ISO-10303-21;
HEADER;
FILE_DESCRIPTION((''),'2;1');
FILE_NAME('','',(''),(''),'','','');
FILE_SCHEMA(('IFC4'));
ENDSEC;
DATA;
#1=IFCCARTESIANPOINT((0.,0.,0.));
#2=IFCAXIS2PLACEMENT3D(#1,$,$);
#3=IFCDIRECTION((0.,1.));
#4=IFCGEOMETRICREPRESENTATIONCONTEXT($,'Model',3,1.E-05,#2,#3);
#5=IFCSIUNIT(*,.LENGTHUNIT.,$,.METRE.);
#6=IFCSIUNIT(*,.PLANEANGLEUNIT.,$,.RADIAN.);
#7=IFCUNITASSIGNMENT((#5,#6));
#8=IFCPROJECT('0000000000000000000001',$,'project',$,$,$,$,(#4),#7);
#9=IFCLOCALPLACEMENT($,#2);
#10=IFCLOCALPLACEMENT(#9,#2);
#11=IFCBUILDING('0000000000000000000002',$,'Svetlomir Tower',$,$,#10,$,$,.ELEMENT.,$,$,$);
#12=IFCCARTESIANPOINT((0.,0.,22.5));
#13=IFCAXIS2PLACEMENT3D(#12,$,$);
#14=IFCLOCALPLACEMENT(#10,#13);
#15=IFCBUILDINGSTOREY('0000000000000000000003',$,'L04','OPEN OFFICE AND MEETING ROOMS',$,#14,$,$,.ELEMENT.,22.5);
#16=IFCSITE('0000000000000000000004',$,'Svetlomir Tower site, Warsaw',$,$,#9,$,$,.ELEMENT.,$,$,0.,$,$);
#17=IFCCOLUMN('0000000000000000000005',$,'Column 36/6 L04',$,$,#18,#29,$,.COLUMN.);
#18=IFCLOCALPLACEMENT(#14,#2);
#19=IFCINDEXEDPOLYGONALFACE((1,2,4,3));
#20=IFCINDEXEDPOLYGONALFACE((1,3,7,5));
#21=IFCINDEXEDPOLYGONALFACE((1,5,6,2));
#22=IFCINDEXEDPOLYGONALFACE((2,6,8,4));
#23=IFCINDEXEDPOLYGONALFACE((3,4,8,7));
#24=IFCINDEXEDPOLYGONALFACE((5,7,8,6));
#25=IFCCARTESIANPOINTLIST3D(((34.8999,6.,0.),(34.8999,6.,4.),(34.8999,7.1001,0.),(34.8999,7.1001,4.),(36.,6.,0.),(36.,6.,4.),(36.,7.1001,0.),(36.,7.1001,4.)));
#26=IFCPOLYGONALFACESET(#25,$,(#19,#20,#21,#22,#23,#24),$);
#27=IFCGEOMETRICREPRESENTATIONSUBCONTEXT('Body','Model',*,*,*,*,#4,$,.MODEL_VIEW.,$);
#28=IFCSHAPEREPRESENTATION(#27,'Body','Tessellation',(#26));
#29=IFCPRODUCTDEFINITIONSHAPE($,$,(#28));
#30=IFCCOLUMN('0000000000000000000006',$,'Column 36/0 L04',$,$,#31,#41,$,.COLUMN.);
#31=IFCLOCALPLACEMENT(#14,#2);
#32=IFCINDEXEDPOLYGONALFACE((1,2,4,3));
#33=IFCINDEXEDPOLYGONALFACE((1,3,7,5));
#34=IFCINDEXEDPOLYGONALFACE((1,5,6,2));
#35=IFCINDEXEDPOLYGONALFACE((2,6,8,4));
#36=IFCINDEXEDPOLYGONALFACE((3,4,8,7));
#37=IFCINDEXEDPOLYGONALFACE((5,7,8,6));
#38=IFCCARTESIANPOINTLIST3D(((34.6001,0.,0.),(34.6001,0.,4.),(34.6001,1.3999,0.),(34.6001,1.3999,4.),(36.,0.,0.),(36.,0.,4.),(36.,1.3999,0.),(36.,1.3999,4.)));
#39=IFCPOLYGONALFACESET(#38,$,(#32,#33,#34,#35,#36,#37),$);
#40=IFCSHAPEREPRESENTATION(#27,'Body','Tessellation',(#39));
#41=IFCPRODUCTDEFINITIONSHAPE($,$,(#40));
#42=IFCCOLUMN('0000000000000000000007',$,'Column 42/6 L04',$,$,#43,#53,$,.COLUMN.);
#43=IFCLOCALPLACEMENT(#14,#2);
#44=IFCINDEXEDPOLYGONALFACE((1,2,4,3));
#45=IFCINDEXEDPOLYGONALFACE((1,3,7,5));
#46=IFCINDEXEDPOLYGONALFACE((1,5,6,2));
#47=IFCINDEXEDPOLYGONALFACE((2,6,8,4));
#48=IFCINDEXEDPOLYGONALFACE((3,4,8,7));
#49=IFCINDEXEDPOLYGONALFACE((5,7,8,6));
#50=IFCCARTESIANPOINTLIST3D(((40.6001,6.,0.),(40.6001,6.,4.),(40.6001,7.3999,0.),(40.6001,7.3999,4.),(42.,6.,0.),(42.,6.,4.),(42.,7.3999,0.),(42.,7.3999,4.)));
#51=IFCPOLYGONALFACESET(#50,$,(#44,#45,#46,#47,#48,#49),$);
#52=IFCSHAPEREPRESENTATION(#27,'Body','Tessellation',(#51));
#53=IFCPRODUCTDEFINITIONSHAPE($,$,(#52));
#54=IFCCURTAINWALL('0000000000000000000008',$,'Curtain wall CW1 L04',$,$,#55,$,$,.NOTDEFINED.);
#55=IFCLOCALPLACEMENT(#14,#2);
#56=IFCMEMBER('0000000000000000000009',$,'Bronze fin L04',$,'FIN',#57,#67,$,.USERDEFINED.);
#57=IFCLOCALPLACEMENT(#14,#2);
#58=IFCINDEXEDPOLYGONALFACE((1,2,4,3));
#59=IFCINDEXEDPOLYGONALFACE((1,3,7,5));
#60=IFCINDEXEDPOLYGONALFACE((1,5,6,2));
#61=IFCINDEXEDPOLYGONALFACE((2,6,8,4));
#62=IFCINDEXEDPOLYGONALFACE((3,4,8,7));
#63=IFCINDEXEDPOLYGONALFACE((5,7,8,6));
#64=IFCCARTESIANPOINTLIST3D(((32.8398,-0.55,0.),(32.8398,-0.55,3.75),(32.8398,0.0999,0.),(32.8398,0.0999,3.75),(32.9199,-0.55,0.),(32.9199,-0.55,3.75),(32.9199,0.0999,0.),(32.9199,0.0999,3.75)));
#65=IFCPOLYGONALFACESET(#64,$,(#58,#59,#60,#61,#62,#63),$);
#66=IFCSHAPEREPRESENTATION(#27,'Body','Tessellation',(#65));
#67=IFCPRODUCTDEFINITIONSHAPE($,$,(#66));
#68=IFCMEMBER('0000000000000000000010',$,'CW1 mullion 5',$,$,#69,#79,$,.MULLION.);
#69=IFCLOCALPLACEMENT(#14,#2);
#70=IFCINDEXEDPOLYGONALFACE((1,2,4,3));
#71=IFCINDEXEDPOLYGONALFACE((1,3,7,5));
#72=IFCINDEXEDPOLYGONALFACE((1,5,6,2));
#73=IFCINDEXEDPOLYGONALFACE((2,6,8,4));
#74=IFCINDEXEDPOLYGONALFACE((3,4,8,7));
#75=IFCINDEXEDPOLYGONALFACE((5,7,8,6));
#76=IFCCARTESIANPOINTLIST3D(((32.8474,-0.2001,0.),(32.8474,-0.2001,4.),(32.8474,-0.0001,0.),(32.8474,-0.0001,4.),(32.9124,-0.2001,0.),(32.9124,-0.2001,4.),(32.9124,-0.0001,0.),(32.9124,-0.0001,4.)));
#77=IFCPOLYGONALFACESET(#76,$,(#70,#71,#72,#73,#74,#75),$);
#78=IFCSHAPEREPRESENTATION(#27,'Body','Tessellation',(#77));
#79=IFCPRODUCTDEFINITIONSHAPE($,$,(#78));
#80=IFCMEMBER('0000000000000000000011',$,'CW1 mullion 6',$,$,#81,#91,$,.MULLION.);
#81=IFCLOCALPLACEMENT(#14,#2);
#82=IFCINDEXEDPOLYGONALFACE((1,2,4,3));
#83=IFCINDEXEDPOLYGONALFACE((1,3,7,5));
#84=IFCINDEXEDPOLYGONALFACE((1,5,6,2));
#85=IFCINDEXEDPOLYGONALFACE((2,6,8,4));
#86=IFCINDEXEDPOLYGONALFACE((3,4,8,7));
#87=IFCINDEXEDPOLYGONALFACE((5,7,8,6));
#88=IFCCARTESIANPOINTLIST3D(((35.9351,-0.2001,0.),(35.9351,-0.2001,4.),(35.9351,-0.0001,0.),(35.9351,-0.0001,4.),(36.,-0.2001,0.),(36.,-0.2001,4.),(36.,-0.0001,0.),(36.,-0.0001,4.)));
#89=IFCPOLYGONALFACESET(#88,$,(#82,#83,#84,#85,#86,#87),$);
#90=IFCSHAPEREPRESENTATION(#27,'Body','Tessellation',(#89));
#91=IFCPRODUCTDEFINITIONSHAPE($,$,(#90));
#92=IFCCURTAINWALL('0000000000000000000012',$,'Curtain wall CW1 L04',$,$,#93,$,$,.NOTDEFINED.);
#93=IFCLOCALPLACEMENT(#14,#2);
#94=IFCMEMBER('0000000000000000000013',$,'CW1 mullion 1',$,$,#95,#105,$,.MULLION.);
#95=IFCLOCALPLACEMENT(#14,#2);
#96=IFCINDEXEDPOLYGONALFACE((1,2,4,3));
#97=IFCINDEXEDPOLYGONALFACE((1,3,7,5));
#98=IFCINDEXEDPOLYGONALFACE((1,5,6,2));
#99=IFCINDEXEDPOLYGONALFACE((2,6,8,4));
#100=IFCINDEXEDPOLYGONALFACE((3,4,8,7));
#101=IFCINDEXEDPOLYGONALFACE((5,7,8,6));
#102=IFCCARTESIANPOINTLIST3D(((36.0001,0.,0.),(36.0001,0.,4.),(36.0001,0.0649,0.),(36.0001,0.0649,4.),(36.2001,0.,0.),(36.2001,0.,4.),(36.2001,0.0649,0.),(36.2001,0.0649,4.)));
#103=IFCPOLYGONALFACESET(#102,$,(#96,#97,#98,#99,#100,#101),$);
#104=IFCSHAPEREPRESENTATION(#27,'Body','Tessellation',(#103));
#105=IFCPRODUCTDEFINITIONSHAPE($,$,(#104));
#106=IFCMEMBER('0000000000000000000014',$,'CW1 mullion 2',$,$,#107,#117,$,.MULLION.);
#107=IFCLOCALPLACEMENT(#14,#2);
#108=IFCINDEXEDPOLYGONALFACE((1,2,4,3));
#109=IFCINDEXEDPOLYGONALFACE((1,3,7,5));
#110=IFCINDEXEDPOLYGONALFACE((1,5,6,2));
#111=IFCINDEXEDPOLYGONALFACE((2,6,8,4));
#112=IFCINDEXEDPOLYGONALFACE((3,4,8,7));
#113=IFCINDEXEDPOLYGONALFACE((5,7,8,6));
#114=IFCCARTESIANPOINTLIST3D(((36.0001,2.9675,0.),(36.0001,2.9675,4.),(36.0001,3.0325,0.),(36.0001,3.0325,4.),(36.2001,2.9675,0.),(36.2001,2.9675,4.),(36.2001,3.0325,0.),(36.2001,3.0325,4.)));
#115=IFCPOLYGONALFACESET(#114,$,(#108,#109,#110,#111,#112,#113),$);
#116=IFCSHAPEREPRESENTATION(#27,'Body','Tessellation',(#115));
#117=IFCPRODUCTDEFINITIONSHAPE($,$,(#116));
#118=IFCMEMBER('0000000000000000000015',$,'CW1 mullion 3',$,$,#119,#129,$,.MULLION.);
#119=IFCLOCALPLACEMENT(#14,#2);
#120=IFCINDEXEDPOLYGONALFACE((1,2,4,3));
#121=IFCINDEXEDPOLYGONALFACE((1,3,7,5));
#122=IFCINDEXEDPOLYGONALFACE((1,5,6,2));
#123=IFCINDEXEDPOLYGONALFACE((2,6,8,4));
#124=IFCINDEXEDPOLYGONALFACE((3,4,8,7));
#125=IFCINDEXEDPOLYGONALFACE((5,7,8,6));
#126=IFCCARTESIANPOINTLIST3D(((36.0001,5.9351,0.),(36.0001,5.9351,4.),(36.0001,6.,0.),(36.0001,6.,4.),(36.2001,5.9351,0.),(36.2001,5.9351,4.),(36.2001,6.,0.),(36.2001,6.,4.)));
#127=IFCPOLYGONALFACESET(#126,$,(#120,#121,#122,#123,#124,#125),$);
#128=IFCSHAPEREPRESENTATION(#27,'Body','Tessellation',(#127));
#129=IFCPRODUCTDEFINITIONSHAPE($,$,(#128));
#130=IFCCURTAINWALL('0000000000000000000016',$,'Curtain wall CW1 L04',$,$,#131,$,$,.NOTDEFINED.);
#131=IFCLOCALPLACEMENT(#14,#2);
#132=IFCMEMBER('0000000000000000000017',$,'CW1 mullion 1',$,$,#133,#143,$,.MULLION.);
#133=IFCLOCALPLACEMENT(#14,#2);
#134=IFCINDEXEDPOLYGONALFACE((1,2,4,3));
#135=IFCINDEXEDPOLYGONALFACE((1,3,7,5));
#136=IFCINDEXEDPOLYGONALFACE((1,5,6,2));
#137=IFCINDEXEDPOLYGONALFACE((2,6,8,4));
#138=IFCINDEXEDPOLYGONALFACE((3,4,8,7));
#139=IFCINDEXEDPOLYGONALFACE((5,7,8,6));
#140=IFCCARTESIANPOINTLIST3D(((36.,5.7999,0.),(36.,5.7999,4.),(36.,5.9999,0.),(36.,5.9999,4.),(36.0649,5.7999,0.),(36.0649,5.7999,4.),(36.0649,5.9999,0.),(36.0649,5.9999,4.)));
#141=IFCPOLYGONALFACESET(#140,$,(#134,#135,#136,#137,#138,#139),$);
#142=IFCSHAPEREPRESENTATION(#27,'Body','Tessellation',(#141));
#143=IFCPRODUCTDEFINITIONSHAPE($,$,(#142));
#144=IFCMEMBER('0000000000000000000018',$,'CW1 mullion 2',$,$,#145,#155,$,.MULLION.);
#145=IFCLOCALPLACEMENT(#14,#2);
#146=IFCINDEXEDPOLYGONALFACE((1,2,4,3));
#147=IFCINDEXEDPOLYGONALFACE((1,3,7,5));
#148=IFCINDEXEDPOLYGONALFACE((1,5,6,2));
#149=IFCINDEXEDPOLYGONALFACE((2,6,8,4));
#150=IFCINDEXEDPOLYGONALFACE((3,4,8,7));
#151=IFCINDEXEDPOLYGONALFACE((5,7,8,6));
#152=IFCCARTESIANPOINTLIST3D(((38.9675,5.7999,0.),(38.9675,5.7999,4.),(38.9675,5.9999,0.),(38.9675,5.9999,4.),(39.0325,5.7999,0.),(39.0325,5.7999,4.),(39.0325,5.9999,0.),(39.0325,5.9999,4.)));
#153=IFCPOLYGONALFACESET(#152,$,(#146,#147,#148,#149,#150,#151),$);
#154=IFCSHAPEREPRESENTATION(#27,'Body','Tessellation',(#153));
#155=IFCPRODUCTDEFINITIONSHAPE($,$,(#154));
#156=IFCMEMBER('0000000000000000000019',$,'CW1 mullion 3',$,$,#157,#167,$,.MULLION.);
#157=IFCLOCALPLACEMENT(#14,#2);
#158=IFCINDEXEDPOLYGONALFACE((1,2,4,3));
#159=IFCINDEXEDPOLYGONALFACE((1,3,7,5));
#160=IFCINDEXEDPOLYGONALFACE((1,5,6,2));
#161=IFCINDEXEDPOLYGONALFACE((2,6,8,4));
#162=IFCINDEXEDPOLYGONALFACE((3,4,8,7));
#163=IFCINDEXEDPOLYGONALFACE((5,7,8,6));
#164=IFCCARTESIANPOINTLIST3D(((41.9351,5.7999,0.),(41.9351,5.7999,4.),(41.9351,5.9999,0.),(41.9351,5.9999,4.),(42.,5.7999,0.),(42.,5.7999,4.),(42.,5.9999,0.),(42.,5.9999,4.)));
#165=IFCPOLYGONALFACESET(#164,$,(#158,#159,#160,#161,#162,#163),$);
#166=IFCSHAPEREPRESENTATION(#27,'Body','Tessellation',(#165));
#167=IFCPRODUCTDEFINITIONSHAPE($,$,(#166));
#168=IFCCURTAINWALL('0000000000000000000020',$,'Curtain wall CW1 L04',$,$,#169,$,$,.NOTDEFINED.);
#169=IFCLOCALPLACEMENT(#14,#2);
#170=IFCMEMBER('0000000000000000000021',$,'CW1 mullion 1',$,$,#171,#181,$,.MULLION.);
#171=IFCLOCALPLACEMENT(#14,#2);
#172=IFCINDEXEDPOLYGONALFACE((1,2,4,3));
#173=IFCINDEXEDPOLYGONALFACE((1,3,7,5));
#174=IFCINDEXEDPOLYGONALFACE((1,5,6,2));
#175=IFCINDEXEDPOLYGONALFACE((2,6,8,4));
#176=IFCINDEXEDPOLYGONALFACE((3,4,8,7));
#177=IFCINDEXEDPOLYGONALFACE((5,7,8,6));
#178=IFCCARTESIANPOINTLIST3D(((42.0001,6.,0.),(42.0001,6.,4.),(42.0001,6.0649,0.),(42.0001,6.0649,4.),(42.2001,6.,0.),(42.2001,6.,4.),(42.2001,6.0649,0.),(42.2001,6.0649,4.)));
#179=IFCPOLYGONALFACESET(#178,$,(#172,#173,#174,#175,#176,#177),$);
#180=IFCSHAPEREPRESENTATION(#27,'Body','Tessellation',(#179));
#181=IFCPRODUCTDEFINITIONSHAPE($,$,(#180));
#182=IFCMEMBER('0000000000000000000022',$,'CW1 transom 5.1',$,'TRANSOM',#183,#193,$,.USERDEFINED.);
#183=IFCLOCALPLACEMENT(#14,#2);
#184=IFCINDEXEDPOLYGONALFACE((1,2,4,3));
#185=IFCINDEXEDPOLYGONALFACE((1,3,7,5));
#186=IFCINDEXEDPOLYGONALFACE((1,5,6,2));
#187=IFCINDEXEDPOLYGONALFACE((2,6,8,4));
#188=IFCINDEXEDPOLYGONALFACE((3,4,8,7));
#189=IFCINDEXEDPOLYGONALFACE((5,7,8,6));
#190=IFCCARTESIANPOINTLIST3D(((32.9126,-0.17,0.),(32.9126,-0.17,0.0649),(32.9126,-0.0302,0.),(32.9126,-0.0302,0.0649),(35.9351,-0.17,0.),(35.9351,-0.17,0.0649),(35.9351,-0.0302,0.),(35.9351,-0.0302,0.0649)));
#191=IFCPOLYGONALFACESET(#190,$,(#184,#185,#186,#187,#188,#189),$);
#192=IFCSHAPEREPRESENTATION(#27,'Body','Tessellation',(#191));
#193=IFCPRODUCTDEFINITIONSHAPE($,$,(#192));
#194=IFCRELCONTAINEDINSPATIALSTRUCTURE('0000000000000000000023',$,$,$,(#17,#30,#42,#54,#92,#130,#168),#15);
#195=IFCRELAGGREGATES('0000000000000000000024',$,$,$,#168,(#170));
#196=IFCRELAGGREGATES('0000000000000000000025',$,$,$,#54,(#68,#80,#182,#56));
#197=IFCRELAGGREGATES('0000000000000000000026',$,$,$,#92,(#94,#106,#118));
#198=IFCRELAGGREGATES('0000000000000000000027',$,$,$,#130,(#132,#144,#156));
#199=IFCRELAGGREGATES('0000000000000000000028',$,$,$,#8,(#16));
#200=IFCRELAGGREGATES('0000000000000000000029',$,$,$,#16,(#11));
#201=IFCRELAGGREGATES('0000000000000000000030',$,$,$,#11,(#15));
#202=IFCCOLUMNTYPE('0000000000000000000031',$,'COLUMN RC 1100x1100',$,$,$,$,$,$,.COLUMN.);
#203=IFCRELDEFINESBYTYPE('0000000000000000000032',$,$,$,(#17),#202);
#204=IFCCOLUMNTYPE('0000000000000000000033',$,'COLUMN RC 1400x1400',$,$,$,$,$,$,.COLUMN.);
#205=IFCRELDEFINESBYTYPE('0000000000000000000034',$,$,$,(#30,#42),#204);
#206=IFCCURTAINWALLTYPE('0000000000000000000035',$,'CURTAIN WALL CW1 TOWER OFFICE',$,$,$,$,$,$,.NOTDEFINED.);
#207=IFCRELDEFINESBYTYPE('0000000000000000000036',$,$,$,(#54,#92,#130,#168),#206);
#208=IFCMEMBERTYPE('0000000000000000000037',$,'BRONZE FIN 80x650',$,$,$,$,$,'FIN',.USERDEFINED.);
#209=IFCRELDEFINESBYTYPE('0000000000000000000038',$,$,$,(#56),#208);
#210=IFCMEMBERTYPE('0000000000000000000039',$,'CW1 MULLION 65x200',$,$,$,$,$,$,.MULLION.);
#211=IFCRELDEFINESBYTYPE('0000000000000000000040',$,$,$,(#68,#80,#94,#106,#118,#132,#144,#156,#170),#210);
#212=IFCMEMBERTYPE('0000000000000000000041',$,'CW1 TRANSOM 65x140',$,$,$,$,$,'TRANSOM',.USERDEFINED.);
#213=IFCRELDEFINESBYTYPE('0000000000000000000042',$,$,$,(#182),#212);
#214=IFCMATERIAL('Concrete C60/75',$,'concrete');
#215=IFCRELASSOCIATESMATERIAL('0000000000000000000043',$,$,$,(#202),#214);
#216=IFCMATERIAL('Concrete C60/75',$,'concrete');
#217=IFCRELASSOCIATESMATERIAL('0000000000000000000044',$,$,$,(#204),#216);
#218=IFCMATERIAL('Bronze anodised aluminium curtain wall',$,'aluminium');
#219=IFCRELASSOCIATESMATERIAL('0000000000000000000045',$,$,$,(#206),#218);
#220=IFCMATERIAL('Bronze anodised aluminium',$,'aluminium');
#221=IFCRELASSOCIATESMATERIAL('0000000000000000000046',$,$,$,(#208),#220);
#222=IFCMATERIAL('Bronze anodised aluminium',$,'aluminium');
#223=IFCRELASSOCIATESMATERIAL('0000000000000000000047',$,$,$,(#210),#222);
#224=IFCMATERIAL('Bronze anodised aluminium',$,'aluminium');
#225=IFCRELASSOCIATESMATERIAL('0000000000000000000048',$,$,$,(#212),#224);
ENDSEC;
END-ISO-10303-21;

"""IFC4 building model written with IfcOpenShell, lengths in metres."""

from ifc_helpers import new_model, si_unit, direction, frame, origin, origin_2d, place, context, subcontext, project, spatial, rectangle, extrude, material, material_profile, profile_set, type_object, element, aggregate, save


model = new_model("IFC4")

# Units and contexts
model_context = context("Model", 3, precision=1e-05, world=origin(), true_north=direction((0.0, 1.0)))
body_context = subcontext(model_context, "Body", "Model", "MODEL_VIEW")
ifc_project = project(units=[si_unit("LENGTHUNIT", "METRE"), si_unit("PLANEANGLEUNIT", "RADIAN")], contexts=[model_context])

# Site, building, storey
site_placement = place(None, origin())
site = spatial("IfcSite", under=ifc_project, at=site_placement, Name="Svetlomir Tower site, Warsaw", CompositionType="ELEMENT", RefElevation=0.0)
building_placement = place(site_placement, origin())
building = spatial("IfcBuilding", under=site, at=building_placement, Name="Svetlomir Tower", CompositionType="ELEMENT")
storey_placement = place(building_placement, frame((0.0, 0.0, 22.5)))
storey = spatial("IfcBuildingStorey", under=building, at=storey_placement, Name="L04", Description="OPEN OFFICE AND MEETING ROOMS", CompositionType="ELEMENT", Elevation=22.5)

# Columns
ifc_material_1 = material(Name="Concrete C60/75", Category="concrete")
ifc_material_profile_1 = material_profile(ifc_material_1, rectangle(XDim=1.1001, YDim=1.1001, at=origin_2d()), Name="RC 1100x1100")
ifc_profile_set_1 = profile_set([ifc_material_profile_1], Name="Concrete C60/75")
column_type_1 = type_object("IfcColumnType", Name="COLUMN RC 1100x1100", PredefinedType="COLUMN", material=ifc_profile_set_1)
column_placement = place(storey_placement, frame((35.45, 6.55, 0.0), z_axis=(0.0, 0.0, 1.0), x_axis=(1.0, 0.0, 0.0)))
element("IfcColumn", 1, at=column_placement, inside=storey, type_object=column_type_1, Name="Column 36/6 L04", PredefinedType="COLUMN", context=body_context, shape_type="SweptSolid", body=[
    extrude(rectangle(XDim=1.1001, YDim=1.1001, at=origin_2d()), origin(), (0.0, 0.0, 1.0), 4.0),
])
ifc_material_2 = material(Name="Concrete C60/75", Category="concrete")
ifc_material_profile_2 = material_profile(ifc_material_2, rectangle(XDim=1.3999, YDim=1.3999, at=origin_2d()), Name="RC 1400x1400")
ifc_profile_set_2 = profile_set([ifc_material_profile_2], Name="Concrete C60/75")
column_type_2 = type_object("IfcColumnType", Name="COLUMN RC 1400x1400", PredefinedType="COLUMN", material=ifc_profile_set_2)
for number, where, z_axis, x_axis, name in (
    (2, (35.3, 0.7, 0.0), (0.0, 0.0, 1.0), (1.0, 0.0, 0.0), "Column 36/0 L04"),
    (3, (41.3, 6.7, 0.0), (0.0, 0.0, 1.0), (1.0, 0.0, 0.0), "Column 42/6 L04"),
):
    element("IfcColumn", number, at=place(storey_placement, frame(where, z_axis=z_axis, x_axis=x_axis)), inside=storey, type_object=column_type_2, Name=name, PredefinedType="COLUMN", context=body_context, shape_type="SweptSolid", body=[
        extrude(rectangle(XDim=1.3999, YDim=1.3999, at=origin_2d()), origin(), (0.0, 0.0, 1.0), 4.0),
    ])

# Curtain walls, members
ifc_material_3 = material(Name="Bronze anodised aluminium curtain wall", Category="aluminium")
curtain_wall_type = type_object("IfcCurtainWallType", Name="CURTAIN WALL CW1 TOWER OFFICE", PredefinedType="NOTDEFINED", material=ifc_material_3)
curtain_wall_1_placement = place(storey_placement, origin())
curtain_wall_1 = element("IfcCurtainWall", 4, at=curtain_wall_1_placement, inside=storey, type_object=curtain_wall_type, Name="Curtain wall CW1 L04", PredefinedType="NOTDEFINED")
ifc_material_4 = material(Name="Bronze anodised aluminium", Category="aluminium")
ifc_material_profile_3 = material_profile(ifc_material_4, rectangle(XDim=0.0801, YDim=0.6499, at=origin_2d()), Name="FIN 80x650")
ifc_profile_set_3 = profile_set([ifc_material_profile_3], Name="Bronze anodised aluminium 6063-T6")
member_type_1 = type_object("IfcMemberType", Name="BRONZE FIN 80x650", ElementType="FIN", PredefinedType="USERDEFINED", material=ifc_profile_set_3)
member_1_placement = place(storey_placement, frame((32.8799, -0.2251, 0.0), z_axis=(0.0, 0.0, 1.0), x_axis=(1.0, 0.0, 0.0)))
member_1 = element("IfcMember", 5, at=member_1_placement, type_object=member_type_1, Name="Bronze fin L04", ObjectType="FIN", PredefinedType="USERDEFINED", context=body_context, shape_type="SweptSolid", body=[
    extrude(rectangle(XDim=0.0801, YDim=0.6499, at=origin_2d()), origin(), (0.0, 0.0, 1.0), 3.75),
])
ifc_material_5 = material(Name="Bronze anodised aluminium", Category="aluminium")
ifc_material_profile_4 = material_profile(ifc_material_5, rectangle(XDim=0.0649, YDim=0.2, at=origin_2d()), Name="AL 65x200")
ifc_profile_set_4 = profile_set([ifc_material_profile_4], Name="Bronze anodised aluminium 6063-T6")
member_type_2 = type_object("IfcMemberType", Name="CW1 MULLION 65x200", PredefinedType="MULLION", material=ifc_profile_set_4)
member_2_placement = place(storey_placement, frame((32.8799, -0.1001, 0.0), z_axis=(0.0, 0.0, 1.0), x_axis=(1.0, 0.0, 0.0)))
member_2 = element("IfcMember", 6, at=member_2_placement, type_object=member_type_2, Name="CW1 mullion 5", PredefinedType="MULLION", context=body_context, shape_type="SweptSolid", body=[
    extrude(rectangle(XDim=0.0649, YDim=0.2, at=origin_2d()), origin(), (0.0, 0.0, 1.0), 4.0),
])
member_3_placement = place(storey_placement, frame((35.9675, -0.1001, 0.0), z_axis=(0.0, 0.0, 1.0), x_axis=(1.0, 0.0, 0.0)))
member_3 = element("IfcMember", 7, at=member_3_placement, type_object=member_type_2, Name="CW1 mullion 6", PredefinedType="MULLION", context=body_context, shape_type="SweptSolid", body=[
    extrude(rectangle(XDim=0.0649, YDim=0.2, at=origin_2d()), origin(), (0.0, 0.0, 1.0), 4.0),
])
curtain_wall_2_placement = place(storey_placement, origin())
curtain_wall_2 = element("IfcCurtainWall", 8, at=curtain_wall_2_placement, inside=storey, type_object=curtain_wall_type, Name="Curtain wall CW1 L04", PredefinedType="NOTDEFINED")
member_4_placement = place(storey_placement, frame((36.1001, 0.0325, 0.0), z_axis=(0.0, 0.0, 1.0), x_axis=(0.0, 1.0, 0.0)))
member_4 = element("IfcMember", 9, at=member_4_placement, type_object=member_type_2, Name="CW1 mullion 1", PredefinedType="MULLION", context=body_context, shape_type="SweptSolid", body=[
    extrude(rectangle(XDim=0.0649, YDim=0.2, at=origin_2d()), origin(), (0.0, 0.0, 1.0), 4.0),
])
member_5_placement = place(storey_placement, frame((36.1001, 3.0, 0.0), z_axis=(0.0, 0.0, 1.0), x_axis=(0.0, 1.0, 0.0)))
member_5 = element("IfcMember", 10, at=member_5_placement, type_object=member_type_2, Name="CW1 mullion 2", PredefinedType="MULLION", context=body_context, shape_type="SweptSolid", body=[
    extrude(rectangle(XDim=0.0649, YDim=0.2, at=origin_2d()), origin(), (0.0, 0.0, 1.0), 4.0),
])
member_6_placement = place(storey_placement, frame((36.1001, 5.9675, 0.0), z_axis=(0.0, 0.0, 1.0), x_axis=(0.0, 1.0, 0.0)))
member_6 = element("IfcMember", 11, at=member_6_placement, type_object=member_type_2, Name="CW1 mullion 3", PredefinedType="MULLION", context=body_context, shape_type="SweptSolid", body=[
    extrude(rectangle(XDim=0.0649, YDim=0.2, at=origin_2d()), origin(), (0.0, 0.0, 1.0), 4.0),
])
curtain_wall_3_placement = place(storey_placement, origin())
curtain_wall_3 = element("IfcCurtainWall", 12, at=curtain_wall_3_placement, inside=storey, type_object=curtain_wall_type, Name="Curtain wall CW1 L04", PredefinedType="NOTDEFINED")
member_7_placement = place(storey_placement, frame((36.0325, 5.8999, 0.0), z_axis=(0.0, 0.0, 1.0), x_axis=(1.0, 0.0, 0.0)))
member_7 = element("IfcMember", 13, at=member_7_placement, type_object=member_type_2, Name="CW1 mullion 1", PredefinedType="MULLION", context=body_context, shape_type="SweptSolid", body=[
    extrude(rectangle(XDim=0.0649, YDim=0.2, at=origin_2d()), origin(), (0.0, 0.0, 1.0), 4.0),
])
member_8_placement = place(storey_placement, frame((39.0, 5.8999, 0.0), z_axis=(0.0, 0.0, 1.0), x_axis=(1.0, 0.0, 0.0)))
member_8 = element("IfcMember", 14, at=member_8_placement, type_object=member_type_2, Name="CW1 mullion 2", PredefinedType="MULLION", context=body_context, shape_type="SweptSolid", body=[
    extrude(rectangle(XDim=0.0649, YDim=0.2, at=origin_2d()), origin(), (0.0, 0.0, 1.0), 4.0),
])
member_9_placement = place(storey_placement, frame((41.9675, 5.8999, 0.0), z_axis=(0.0, 0.0, 1.0), x_axis=(1.0, 0.0, 0.0)))
member_9 = element("IfcMember", 15, at=member_9_placement, type_object=member_type_2, Name="CW1 mullion 3", PredefinedType="MULLION", context=body_context, shape_type="SweptSolid", body=[
    extrude(rectangle(XDim=0.0649, YDim=0.2, at=origin_2d()), origin(), (0.0, 0.0, 1.0), 4.0),
])

# Curtain wall, member
curtain_wall_4_placement = place(storey_placement, origin())
curtain_wall_4 = element("IfcCurtainWall", 16, at=curtain_wall_4_placement, inside=storey, type_object=curtain_wall_type, Name="Curtain wall CW1 L04", PredefinedType="NOTDEFINED")
member_10_placement = place(storey_placement, frame((42.1001, 6.0325, 0.0), z_axis=(0.0, 0.0, 1.0), x_axis=(0.0, 1.0, 0.0)))
member_10 = element("IfcMember", 17, at=member_10_placement, type_object=member_type_2, Name="CW1 mullion 1", PredefinedType="MULLION", context=body_context, shape_type="SweptSolid", body=[
    extrude(rectangle(XDim=0.0649, YDim=0.2, at=origin_2d()), origin(), (0.0, 0.0, 1.0), 4.0),
])

# Member
ifc_material_6 = material(Name="Bronze anodised aluminium", Category="aluminium")
ifc_material_profile_5 = material_profile(ifc_material_6, rectangle(XDim=0.1399, YDim=0.0649, at=origin_2d()), Name="AL 140x65")
ifc_profile_set_5 = profile_set([ifc_material_profile_5], Name="Bronze anodised aluminium 6063-T6")
member_type_3 = type_object("IfcMemberType", Name="CW1 TRANSOM 65x140", ElementType="TRANSOM", PredefinedType="USERDEFINED", material=ifc_profile_set_5)
member_11_placement = place(storey_placement, frame((32.9126, -0.1001, 0.0325), z_axis=(1.0, 0.0, 0.0), x_axis=(0.0, 1.0, 0.0)))
member_11 = element("IfcMember", 18, at=member_11_placement, type_object=member_type_3, Name="CW1 transom 5.1", ObjectType="TRANSOM", PredefinedType="USERDEFINED", context=body_context, shape_type="SweptSolid", body=[
    extrude(rectangle(XDim=0.1399, YDim=0.0649, at=origin_2d()), origin(), (0.0, 0.0, 1.0), 3.0225),
])
aggregate(curtain_wall_4, [member_10])

aggregate(curtain_wall_1, [member_2, member_3, member_11, member_1])
aggregate(curtain_wall_2, [member_4, member_5, member_6])
aggregate(curtain_wall_3, [member_7, member_8, member_9])

save(model, "model.ifc")
